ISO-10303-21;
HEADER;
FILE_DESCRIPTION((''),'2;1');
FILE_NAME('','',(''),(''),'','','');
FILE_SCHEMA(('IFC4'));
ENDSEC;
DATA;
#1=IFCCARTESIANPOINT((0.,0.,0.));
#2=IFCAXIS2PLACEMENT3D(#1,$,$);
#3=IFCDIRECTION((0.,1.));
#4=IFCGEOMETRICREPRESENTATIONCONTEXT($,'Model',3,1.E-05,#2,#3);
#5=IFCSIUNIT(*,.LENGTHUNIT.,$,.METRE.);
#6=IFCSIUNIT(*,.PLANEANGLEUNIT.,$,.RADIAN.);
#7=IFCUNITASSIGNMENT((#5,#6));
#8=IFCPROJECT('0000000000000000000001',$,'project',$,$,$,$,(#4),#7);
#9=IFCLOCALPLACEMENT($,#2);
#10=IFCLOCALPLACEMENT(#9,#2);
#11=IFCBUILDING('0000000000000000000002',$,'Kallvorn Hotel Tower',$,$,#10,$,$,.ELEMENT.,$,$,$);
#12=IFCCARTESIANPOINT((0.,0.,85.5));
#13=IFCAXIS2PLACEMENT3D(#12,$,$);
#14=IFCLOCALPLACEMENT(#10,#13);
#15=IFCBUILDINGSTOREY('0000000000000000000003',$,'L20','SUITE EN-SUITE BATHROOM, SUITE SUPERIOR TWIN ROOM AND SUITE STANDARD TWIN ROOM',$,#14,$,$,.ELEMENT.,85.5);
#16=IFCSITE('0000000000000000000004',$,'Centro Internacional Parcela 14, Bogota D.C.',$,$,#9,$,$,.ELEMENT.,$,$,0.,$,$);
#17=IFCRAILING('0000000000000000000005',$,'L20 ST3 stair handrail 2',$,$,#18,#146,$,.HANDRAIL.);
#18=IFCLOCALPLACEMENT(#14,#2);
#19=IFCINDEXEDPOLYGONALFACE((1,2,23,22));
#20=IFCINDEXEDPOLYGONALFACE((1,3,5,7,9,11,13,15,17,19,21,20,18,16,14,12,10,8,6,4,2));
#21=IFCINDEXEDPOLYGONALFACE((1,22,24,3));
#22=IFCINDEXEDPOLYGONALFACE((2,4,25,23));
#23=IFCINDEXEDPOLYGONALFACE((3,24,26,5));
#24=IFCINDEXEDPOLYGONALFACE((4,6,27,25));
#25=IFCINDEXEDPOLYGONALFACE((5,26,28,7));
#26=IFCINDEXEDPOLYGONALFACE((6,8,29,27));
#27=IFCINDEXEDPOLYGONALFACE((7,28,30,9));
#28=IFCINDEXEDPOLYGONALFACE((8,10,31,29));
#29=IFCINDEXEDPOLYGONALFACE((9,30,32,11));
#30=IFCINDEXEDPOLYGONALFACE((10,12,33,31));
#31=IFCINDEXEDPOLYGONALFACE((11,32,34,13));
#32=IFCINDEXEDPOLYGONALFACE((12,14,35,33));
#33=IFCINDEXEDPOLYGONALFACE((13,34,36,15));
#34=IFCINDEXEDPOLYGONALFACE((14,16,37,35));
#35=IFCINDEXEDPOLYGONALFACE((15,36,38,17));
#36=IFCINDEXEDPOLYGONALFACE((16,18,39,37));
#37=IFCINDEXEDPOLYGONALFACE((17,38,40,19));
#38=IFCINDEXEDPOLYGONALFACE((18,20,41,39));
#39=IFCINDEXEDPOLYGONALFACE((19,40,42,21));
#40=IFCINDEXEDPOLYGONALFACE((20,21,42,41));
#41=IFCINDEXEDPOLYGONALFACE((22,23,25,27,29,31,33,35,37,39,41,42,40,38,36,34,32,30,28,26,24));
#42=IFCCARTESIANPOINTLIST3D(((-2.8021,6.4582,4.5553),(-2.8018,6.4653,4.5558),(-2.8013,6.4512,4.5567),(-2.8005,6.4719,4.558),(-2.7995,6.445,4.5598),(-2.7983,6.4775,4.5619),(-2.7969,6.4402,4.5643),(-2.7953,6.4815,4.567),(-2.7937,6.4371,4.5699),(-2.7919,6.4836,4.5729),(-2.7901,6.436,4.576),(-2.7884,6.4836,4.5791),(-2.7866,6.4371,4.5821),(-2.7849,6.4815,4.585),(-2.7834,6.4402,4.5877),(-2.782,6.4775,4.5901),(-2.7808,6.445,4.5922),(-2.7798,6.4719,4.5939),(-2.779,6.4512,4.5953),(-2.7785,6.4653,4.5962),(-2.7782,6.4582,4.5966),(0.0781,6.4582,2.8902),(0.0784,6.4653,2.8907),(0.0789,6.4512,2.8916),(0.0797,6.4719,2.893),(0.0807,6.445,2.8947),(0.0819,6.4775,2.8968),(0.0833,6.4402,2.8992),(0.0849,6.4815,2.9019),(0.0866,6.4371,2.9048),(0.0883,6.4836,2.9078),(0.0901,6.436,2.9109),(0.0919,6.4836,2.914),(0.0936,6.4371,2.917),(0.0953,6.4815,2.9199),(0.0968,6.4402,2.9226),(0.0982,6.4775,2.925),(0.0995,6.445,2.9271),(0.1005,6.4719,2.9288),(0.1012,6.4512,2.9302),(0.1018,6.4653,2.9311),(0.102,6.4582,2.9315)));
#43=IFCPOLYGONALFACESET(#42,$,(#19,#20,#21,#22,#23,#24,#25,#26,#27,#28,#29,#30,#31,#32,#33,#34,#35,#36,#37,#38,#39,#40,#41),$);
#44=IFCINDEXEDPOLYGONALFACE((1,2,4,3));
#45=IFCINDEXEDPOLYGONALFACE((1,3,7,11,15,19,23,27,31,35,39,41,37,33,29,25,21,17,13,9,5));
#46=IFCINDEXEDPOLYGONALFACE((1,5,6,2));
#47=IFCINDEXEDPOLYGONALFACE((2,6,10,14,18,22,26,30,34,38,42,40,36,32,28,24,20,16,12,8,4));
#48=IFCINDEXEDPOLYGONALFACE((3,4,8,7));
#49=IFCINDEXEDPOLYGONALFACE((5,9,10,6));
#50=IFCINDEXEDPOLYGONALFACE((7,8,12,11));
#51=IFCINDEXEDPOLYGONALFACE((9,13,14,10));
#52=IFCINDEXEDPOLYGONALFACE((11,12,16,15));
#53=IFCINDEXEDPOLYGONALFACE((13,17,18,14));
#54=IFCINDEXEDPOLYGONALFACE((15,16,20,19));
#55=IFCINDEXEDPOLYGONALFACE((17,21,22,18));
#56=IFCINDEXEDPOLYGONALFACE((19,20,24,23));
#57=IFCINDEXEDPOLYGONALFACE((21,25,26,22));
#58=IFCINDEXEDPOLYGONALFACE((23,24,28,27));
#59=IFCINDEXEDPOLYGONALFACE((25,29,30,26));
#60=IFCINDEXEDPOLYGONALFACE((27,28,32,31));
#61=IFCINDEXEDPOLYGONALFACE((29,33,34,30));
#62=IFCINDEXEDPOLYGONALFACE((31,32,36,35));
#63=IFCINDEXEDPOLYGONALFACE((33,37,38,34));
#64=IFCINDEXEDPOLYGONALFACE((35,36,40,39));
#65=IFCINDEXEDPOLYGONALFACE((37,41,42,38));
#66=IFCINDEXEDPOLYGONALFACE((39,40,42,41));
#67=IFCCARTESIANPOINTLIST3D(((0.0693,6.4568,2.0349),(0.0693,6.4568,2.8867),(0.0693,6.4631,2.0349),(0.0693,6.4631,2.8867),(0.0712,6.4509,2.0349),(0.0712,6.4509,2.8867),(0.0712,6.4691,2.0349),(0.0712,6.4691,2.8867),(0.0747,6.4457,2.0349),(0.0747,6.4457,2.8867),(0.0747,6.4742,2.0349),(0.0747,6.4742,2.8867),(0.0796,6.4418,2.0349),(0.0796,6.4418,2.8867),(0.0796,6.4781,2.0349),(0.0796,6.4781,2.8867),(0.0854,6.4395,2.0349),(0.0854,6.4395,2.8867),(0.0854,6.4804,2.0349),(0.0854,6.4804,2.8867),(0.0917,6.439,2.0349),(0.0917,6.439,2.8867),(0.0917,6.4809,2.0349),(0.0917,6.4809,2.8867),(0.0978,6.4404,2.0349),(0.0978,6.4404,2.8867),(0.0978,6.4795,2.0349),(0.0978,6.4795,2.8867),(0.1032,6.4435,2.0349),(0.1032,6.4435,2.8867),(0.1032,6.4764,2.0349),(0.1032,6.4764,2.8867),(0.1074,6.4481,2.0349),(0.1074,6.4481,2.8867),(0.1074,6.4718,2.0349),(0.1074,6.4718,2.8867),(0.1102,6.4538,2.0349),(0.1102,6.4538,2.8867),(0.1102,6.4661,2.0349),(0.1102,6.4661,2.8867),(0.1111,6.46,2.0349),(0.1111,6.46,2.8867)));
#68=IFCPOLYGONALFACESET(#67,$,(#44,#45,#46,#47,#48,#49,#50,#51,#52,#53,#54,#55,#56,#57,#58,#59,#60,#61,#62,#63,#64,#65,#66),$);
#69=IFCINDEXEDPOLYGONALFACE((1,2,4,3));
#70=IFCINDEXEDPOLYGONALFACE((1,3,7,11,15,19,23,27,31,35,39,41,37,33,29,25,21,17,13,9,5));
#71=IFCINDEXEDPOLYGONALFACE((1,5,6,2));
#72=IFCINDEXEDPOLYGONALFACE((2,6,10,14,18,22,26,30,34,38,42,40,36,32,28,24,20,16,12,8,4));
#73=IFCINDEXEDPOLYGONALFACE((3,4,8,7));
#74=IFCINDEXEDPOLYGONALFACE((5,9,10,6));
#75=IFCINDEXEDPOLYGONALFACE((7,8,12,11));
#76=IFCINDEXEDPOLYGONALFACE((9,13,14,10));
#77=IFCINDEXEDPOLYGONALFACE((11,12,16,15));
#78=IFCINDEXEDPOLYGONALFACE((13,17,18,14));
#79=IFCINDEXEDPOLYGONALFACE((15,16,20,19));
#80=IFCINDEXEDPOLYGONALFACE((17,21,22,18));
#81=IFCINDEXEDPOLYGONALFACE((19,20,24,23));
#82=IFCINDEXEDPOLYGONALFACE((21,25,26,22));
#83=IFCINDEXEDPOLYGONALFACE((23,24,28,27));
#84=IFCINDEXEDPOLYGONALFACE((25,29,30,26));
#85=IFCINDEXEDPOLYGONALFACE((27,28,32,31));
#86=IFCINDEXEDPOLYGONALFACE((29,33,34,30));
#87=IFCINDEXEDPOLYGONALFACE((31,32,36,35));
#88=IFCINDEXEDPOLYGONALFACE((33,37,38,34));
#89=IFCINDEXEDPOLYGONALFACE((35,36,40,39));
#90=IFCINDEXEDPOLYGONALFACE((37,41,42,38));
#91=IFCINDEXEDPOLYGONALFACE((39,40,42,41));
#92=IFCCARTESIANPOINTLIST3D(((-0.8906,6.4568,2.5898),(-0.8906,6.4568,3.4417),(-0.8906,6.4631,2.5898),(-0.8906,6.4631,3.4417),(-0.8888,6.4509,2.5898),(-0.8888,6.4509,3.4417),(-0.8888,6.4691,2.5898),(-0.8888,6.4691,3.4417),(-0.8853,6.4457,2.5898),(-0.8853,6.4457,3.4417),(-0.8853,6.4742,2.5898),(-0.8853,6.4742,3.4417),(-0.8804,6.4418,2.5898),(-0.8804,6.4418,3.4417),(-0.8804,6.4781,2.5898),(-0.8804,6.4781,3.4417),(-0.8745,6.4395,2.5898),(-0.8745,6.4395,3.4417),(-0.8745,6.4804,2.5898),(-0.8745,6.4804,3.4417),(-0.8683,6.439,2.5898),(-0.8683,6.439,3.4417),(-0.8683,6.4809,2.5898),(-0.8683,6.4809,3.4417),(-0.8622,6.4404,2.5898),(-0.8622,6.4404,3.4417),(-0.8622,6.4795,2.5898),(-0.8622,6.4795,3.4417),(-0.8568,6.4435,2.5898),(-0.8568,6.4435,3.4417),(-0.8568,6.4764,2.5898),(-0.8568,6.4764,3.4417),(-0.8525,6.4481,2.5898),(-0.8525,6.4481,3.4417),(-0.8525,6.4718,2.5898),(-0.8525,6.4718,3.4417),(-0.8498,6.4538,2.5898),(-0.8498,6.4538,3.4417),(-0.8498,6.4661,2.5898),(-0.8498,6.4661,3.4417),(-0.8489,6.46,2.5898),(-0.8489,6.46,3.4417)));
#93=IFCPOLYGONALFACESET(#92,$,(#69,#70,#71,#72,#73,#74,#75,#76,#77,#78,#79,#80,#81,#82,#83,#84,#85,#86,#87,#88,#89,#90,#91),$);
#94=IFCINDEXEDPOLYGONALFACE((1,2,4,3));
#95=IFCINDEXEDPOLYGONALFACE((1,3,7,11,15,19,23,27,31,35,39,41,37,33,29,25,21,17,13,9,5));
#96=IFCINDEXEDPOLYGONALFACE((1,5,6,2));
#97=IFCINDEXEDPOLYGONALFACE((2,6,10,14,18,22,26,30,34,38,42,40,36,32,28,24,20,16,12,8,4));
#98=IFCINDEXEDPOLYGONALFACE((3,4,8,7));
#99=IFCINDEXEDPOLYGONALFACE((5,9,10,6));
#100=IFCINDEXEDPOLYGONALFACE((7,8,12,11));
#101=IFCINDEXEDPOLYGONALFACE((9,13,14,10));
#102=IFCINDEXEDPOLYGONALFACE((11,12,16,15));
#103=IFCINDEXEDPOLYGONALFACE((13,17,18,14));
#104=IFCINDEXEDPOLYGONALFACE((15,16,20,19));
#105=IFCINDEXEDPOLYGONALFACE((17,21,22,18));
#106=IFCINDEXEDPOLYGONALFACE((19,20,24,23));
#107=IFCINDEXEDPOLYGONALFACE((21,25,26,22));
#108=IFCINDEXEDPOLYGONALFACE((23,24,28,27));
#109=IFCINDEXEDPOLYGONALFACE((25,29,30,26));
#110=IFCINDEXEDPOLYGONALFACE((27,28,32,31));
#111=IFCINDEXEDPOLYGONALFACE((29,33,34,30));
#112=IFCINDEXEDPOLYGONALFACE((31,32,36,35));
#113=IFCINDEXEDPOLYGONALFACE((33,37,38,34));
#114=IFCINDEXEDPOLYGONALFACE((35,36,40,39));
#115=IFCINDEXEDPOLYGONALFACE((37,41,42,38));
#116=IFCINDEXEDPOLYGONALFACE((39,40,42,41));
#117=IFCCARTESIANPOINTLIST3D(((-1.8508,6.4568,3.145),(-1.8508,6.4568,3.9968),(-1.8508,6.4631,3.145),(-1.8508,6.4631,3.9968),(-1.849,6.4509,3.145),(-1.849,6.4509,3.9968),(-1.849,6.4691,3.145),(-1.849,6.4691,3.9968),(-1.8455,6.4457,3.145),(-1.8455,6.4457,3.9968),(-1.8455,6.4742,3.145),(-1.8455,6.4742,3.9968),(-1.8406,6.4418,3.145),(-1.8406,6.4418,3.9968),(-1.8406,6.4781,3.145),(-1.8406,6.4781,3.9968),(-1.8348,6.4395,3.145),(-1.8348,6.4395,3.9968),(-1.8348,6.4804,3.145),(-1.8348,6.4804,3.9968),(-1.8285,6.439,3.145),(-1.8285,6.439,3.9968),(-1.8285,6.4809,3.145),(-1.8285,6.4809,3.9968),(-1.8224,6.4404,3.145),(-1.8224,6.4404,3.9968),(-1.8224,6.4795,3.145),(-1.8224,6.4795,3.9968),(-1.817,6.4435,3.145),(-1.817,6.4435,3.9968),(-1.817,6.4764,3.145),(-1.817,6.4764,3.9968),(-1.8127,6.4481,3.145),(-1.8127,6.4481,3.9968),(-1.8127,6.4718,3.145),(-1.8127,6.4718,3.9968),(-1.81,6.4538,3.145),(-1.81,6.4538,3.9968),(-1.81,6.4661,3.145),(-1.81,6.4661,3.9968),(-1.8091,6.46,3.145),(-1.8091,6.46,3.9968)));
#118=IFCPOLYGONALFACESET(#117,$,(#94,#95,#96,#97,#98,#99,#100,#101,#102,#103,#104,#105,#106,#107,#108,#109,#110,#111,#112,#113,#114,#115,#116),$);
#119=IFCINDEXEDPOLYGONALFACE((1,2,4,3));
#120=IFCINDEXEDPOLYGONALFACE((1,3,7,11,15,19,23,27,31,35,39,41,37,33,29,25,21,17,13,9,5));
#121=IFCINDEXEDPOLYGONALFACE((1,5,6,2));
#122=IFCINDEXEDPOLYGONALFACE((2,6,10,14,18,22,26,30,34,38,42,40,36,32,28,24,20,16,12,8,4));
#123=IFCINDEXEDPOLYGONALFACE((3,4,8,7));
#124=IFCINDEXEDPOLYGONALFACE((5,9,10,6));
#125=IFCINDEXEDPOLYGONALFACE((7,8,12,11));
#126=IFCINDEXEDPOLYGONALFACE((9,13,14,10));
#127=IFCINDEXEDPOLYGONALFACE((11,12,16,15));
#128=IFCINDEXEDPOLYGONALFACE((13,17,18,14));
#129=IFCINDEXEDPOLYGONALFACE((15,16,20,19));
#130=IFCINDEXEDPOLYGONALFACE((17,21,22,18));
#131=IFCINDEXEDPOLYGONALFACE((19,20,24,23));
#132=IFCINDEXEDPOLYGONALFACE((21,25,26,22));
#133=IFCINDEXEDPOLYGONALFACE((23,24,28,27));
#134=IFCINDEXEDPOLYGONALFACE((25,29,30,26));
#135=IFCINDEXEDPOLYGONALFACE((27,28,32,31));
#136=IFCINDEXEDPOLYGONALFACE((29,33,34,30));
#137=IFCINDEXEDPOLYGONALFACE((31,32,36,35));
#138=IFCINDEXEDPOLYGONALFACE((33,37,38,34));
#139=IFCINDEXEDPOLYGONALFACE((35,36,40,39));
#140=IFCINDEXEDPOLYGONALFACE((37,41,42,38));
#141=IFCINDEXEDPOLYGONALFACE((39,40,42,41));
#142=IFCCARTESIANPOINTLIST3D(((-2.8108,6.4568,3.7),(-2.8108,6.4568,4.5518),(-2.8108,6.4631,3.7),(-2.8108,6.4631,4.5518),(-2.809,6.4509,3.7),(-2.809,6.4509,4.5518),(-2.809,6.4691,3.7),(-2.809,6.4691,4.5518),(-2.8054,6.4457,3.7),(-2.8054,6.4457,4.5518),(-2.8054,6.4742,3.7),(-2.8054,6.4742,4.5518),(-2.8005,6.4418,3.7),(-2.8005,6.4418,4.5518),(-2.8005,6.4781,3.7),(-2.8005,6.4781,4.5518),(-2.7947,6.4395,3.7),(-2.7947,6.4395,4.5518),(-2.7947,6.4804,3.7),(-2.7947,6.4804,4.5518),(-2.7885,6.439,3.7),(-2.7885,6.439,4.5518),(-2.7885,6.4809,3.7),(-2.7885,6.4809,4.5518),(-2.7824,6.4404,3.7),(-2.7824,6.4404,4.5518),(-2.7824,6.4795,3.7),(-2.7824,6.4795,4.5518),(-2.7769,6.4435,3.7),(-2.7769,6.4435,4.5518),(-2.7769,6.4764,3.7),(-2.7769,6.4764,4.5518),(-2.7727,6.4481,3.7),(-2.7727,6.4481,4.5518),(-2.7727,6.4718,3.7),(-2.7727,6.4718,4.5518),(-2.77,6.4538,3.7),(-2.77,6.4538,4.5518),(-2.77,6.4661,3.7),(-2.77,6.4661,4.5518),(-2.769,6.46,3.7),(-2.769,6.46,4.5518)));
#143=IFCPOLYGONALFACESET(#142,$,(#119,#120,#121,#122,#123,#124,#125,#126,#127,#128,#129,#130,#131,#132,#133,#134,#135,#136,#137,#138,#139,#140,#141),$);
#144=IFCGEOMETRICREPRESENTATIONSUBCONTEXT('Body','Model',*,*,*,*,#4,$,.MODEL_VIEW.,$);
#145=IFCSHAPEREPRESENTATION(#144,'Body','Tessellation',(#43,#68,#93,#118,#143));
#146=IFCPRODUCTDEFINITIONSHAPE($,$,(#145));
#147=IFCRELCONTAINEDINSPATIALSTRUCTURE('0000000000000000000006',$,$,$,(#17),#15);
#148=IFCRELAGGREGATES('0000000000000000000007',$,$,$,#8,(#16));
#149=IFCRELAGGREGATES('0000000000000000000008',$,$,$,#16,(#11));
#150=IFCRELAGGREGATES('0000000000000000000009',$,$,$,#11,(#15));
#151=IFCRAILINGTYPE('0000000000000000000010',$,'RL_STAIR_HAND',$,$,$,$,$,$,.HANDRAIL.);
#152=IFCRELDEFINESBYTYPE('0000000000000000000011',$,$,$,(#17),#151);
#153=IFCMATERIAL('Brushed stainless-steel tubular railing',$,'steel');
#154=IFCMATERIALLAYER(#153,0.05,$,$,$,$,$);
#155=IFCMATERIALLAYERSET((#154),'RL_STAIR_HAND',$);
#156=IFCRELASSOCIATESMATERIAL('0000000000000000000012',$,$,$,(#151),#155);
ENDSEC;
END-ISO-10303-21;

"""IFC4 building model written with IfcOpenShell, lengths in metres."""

from ifc_helpers import new_model, si_unit, direction, frame, origin, origin_2d, place, context, subcontext, project, spatial, circle, extrude, material, layer, layer_set, type_object, element, save


model = new_model("IFC4")

# Units and contexts
model_context = context("Model", 3, precision=1e-05, world=origin(), true_north=direction((0.0, 1.0)))
body_context = subcontext(model_context, "Body", "Model", "MODEL_VIEW")
ifc_project = project(units=[si_unit("LENGTHUNIT", "METRE"), si_unit("PLANEANGLEUNIT", "RADIAN")], contexts=[model_context])

# Site, building, storey
site_placement = place(None, origin())
site = spatial("IfcSite", under=ifc_project, at=site_placement, Name="Centro Internacional Parcela 14, Bogota D.C.", CompositionType="ELEMENT", RefElevation=0.0)
building_placement = place(site_placement, origin())
building = spatial("IfcBuilding", under=site, at=building_placement, Name="Kallvorn Hotel Tower", CompositionType="ELEMENT")
storey_placement = place(building_placement, frame((0.0, 0.0, 85.5)))
storey = spatial("IfcBuildingStorey", under=building, at=storey_placement, Name="L20", Description="SUITE EN-SUITE BATHROOM, SUITE SUPERIOR TWIN ROOM AND SUITE STANDARD TWIN ROOM", CompositionType="ELEMENT", Elevation=85.5)

# Railing
ifc_material_1 = material(Name="Brushed stainless-steel tubular railing", Category="steel")
ifc_layer_1 = layer(ifc_material_1, 0.05)
ifc_layer_set_1 = layer_set([ifc_layer_1], Name="RL_STAIR_HAND")
railing_type_1 = type_object("IfcRailingType", Name="RL_STAIR_HAND", PredefinedType="HANDRAIL", material=ifc_layer_set_1)
railing_1_placement = place(storey_placement, frame((0.0901, 6.46, 2.0349)))
element("IfcRailing", 1, at=railing_1_placement, inside=storey, type_object=railing_type_1, Name="L20 ST3 stair handrail 2", PredefinedType="HANDRAIL", context=body_context, shape_type="SweptSolid", body=[
    extrude(circle(Radius=0.0239, at=origin_2d()), frame((0.0, 0.0, 0.876), z_axis=(-0.865739, 0.0, 0.500495), x_axis=(0.0, -1.0, 0.0)), (0.0, 0.0, 1.0), 3.3269),
    extrude(circle(Radius=0.021, at=origin_2d()), origin(), (0.0, 0.0, 1.0), 0.8518),
    extrude(circle(Radius=0.021, at=origin_2d()), frame((-0.96, 0.0, 0.5549)), (0.0, 0.0, 1.0), 0.8518),
    extrude(circle(Radius=0.021, at=origin_2d()), frame((-1.9202, 0.0, 1.1101)), (0.0, 0.0, 1.0), 0.8518),
    extrude(circle(Radius=0.021, at=origin_2d()), frame((-2.8801, 0.0, 1.665)), (0.0, 0.0, 1.0), 0.8518),
])

save(model, "model.ifc")
